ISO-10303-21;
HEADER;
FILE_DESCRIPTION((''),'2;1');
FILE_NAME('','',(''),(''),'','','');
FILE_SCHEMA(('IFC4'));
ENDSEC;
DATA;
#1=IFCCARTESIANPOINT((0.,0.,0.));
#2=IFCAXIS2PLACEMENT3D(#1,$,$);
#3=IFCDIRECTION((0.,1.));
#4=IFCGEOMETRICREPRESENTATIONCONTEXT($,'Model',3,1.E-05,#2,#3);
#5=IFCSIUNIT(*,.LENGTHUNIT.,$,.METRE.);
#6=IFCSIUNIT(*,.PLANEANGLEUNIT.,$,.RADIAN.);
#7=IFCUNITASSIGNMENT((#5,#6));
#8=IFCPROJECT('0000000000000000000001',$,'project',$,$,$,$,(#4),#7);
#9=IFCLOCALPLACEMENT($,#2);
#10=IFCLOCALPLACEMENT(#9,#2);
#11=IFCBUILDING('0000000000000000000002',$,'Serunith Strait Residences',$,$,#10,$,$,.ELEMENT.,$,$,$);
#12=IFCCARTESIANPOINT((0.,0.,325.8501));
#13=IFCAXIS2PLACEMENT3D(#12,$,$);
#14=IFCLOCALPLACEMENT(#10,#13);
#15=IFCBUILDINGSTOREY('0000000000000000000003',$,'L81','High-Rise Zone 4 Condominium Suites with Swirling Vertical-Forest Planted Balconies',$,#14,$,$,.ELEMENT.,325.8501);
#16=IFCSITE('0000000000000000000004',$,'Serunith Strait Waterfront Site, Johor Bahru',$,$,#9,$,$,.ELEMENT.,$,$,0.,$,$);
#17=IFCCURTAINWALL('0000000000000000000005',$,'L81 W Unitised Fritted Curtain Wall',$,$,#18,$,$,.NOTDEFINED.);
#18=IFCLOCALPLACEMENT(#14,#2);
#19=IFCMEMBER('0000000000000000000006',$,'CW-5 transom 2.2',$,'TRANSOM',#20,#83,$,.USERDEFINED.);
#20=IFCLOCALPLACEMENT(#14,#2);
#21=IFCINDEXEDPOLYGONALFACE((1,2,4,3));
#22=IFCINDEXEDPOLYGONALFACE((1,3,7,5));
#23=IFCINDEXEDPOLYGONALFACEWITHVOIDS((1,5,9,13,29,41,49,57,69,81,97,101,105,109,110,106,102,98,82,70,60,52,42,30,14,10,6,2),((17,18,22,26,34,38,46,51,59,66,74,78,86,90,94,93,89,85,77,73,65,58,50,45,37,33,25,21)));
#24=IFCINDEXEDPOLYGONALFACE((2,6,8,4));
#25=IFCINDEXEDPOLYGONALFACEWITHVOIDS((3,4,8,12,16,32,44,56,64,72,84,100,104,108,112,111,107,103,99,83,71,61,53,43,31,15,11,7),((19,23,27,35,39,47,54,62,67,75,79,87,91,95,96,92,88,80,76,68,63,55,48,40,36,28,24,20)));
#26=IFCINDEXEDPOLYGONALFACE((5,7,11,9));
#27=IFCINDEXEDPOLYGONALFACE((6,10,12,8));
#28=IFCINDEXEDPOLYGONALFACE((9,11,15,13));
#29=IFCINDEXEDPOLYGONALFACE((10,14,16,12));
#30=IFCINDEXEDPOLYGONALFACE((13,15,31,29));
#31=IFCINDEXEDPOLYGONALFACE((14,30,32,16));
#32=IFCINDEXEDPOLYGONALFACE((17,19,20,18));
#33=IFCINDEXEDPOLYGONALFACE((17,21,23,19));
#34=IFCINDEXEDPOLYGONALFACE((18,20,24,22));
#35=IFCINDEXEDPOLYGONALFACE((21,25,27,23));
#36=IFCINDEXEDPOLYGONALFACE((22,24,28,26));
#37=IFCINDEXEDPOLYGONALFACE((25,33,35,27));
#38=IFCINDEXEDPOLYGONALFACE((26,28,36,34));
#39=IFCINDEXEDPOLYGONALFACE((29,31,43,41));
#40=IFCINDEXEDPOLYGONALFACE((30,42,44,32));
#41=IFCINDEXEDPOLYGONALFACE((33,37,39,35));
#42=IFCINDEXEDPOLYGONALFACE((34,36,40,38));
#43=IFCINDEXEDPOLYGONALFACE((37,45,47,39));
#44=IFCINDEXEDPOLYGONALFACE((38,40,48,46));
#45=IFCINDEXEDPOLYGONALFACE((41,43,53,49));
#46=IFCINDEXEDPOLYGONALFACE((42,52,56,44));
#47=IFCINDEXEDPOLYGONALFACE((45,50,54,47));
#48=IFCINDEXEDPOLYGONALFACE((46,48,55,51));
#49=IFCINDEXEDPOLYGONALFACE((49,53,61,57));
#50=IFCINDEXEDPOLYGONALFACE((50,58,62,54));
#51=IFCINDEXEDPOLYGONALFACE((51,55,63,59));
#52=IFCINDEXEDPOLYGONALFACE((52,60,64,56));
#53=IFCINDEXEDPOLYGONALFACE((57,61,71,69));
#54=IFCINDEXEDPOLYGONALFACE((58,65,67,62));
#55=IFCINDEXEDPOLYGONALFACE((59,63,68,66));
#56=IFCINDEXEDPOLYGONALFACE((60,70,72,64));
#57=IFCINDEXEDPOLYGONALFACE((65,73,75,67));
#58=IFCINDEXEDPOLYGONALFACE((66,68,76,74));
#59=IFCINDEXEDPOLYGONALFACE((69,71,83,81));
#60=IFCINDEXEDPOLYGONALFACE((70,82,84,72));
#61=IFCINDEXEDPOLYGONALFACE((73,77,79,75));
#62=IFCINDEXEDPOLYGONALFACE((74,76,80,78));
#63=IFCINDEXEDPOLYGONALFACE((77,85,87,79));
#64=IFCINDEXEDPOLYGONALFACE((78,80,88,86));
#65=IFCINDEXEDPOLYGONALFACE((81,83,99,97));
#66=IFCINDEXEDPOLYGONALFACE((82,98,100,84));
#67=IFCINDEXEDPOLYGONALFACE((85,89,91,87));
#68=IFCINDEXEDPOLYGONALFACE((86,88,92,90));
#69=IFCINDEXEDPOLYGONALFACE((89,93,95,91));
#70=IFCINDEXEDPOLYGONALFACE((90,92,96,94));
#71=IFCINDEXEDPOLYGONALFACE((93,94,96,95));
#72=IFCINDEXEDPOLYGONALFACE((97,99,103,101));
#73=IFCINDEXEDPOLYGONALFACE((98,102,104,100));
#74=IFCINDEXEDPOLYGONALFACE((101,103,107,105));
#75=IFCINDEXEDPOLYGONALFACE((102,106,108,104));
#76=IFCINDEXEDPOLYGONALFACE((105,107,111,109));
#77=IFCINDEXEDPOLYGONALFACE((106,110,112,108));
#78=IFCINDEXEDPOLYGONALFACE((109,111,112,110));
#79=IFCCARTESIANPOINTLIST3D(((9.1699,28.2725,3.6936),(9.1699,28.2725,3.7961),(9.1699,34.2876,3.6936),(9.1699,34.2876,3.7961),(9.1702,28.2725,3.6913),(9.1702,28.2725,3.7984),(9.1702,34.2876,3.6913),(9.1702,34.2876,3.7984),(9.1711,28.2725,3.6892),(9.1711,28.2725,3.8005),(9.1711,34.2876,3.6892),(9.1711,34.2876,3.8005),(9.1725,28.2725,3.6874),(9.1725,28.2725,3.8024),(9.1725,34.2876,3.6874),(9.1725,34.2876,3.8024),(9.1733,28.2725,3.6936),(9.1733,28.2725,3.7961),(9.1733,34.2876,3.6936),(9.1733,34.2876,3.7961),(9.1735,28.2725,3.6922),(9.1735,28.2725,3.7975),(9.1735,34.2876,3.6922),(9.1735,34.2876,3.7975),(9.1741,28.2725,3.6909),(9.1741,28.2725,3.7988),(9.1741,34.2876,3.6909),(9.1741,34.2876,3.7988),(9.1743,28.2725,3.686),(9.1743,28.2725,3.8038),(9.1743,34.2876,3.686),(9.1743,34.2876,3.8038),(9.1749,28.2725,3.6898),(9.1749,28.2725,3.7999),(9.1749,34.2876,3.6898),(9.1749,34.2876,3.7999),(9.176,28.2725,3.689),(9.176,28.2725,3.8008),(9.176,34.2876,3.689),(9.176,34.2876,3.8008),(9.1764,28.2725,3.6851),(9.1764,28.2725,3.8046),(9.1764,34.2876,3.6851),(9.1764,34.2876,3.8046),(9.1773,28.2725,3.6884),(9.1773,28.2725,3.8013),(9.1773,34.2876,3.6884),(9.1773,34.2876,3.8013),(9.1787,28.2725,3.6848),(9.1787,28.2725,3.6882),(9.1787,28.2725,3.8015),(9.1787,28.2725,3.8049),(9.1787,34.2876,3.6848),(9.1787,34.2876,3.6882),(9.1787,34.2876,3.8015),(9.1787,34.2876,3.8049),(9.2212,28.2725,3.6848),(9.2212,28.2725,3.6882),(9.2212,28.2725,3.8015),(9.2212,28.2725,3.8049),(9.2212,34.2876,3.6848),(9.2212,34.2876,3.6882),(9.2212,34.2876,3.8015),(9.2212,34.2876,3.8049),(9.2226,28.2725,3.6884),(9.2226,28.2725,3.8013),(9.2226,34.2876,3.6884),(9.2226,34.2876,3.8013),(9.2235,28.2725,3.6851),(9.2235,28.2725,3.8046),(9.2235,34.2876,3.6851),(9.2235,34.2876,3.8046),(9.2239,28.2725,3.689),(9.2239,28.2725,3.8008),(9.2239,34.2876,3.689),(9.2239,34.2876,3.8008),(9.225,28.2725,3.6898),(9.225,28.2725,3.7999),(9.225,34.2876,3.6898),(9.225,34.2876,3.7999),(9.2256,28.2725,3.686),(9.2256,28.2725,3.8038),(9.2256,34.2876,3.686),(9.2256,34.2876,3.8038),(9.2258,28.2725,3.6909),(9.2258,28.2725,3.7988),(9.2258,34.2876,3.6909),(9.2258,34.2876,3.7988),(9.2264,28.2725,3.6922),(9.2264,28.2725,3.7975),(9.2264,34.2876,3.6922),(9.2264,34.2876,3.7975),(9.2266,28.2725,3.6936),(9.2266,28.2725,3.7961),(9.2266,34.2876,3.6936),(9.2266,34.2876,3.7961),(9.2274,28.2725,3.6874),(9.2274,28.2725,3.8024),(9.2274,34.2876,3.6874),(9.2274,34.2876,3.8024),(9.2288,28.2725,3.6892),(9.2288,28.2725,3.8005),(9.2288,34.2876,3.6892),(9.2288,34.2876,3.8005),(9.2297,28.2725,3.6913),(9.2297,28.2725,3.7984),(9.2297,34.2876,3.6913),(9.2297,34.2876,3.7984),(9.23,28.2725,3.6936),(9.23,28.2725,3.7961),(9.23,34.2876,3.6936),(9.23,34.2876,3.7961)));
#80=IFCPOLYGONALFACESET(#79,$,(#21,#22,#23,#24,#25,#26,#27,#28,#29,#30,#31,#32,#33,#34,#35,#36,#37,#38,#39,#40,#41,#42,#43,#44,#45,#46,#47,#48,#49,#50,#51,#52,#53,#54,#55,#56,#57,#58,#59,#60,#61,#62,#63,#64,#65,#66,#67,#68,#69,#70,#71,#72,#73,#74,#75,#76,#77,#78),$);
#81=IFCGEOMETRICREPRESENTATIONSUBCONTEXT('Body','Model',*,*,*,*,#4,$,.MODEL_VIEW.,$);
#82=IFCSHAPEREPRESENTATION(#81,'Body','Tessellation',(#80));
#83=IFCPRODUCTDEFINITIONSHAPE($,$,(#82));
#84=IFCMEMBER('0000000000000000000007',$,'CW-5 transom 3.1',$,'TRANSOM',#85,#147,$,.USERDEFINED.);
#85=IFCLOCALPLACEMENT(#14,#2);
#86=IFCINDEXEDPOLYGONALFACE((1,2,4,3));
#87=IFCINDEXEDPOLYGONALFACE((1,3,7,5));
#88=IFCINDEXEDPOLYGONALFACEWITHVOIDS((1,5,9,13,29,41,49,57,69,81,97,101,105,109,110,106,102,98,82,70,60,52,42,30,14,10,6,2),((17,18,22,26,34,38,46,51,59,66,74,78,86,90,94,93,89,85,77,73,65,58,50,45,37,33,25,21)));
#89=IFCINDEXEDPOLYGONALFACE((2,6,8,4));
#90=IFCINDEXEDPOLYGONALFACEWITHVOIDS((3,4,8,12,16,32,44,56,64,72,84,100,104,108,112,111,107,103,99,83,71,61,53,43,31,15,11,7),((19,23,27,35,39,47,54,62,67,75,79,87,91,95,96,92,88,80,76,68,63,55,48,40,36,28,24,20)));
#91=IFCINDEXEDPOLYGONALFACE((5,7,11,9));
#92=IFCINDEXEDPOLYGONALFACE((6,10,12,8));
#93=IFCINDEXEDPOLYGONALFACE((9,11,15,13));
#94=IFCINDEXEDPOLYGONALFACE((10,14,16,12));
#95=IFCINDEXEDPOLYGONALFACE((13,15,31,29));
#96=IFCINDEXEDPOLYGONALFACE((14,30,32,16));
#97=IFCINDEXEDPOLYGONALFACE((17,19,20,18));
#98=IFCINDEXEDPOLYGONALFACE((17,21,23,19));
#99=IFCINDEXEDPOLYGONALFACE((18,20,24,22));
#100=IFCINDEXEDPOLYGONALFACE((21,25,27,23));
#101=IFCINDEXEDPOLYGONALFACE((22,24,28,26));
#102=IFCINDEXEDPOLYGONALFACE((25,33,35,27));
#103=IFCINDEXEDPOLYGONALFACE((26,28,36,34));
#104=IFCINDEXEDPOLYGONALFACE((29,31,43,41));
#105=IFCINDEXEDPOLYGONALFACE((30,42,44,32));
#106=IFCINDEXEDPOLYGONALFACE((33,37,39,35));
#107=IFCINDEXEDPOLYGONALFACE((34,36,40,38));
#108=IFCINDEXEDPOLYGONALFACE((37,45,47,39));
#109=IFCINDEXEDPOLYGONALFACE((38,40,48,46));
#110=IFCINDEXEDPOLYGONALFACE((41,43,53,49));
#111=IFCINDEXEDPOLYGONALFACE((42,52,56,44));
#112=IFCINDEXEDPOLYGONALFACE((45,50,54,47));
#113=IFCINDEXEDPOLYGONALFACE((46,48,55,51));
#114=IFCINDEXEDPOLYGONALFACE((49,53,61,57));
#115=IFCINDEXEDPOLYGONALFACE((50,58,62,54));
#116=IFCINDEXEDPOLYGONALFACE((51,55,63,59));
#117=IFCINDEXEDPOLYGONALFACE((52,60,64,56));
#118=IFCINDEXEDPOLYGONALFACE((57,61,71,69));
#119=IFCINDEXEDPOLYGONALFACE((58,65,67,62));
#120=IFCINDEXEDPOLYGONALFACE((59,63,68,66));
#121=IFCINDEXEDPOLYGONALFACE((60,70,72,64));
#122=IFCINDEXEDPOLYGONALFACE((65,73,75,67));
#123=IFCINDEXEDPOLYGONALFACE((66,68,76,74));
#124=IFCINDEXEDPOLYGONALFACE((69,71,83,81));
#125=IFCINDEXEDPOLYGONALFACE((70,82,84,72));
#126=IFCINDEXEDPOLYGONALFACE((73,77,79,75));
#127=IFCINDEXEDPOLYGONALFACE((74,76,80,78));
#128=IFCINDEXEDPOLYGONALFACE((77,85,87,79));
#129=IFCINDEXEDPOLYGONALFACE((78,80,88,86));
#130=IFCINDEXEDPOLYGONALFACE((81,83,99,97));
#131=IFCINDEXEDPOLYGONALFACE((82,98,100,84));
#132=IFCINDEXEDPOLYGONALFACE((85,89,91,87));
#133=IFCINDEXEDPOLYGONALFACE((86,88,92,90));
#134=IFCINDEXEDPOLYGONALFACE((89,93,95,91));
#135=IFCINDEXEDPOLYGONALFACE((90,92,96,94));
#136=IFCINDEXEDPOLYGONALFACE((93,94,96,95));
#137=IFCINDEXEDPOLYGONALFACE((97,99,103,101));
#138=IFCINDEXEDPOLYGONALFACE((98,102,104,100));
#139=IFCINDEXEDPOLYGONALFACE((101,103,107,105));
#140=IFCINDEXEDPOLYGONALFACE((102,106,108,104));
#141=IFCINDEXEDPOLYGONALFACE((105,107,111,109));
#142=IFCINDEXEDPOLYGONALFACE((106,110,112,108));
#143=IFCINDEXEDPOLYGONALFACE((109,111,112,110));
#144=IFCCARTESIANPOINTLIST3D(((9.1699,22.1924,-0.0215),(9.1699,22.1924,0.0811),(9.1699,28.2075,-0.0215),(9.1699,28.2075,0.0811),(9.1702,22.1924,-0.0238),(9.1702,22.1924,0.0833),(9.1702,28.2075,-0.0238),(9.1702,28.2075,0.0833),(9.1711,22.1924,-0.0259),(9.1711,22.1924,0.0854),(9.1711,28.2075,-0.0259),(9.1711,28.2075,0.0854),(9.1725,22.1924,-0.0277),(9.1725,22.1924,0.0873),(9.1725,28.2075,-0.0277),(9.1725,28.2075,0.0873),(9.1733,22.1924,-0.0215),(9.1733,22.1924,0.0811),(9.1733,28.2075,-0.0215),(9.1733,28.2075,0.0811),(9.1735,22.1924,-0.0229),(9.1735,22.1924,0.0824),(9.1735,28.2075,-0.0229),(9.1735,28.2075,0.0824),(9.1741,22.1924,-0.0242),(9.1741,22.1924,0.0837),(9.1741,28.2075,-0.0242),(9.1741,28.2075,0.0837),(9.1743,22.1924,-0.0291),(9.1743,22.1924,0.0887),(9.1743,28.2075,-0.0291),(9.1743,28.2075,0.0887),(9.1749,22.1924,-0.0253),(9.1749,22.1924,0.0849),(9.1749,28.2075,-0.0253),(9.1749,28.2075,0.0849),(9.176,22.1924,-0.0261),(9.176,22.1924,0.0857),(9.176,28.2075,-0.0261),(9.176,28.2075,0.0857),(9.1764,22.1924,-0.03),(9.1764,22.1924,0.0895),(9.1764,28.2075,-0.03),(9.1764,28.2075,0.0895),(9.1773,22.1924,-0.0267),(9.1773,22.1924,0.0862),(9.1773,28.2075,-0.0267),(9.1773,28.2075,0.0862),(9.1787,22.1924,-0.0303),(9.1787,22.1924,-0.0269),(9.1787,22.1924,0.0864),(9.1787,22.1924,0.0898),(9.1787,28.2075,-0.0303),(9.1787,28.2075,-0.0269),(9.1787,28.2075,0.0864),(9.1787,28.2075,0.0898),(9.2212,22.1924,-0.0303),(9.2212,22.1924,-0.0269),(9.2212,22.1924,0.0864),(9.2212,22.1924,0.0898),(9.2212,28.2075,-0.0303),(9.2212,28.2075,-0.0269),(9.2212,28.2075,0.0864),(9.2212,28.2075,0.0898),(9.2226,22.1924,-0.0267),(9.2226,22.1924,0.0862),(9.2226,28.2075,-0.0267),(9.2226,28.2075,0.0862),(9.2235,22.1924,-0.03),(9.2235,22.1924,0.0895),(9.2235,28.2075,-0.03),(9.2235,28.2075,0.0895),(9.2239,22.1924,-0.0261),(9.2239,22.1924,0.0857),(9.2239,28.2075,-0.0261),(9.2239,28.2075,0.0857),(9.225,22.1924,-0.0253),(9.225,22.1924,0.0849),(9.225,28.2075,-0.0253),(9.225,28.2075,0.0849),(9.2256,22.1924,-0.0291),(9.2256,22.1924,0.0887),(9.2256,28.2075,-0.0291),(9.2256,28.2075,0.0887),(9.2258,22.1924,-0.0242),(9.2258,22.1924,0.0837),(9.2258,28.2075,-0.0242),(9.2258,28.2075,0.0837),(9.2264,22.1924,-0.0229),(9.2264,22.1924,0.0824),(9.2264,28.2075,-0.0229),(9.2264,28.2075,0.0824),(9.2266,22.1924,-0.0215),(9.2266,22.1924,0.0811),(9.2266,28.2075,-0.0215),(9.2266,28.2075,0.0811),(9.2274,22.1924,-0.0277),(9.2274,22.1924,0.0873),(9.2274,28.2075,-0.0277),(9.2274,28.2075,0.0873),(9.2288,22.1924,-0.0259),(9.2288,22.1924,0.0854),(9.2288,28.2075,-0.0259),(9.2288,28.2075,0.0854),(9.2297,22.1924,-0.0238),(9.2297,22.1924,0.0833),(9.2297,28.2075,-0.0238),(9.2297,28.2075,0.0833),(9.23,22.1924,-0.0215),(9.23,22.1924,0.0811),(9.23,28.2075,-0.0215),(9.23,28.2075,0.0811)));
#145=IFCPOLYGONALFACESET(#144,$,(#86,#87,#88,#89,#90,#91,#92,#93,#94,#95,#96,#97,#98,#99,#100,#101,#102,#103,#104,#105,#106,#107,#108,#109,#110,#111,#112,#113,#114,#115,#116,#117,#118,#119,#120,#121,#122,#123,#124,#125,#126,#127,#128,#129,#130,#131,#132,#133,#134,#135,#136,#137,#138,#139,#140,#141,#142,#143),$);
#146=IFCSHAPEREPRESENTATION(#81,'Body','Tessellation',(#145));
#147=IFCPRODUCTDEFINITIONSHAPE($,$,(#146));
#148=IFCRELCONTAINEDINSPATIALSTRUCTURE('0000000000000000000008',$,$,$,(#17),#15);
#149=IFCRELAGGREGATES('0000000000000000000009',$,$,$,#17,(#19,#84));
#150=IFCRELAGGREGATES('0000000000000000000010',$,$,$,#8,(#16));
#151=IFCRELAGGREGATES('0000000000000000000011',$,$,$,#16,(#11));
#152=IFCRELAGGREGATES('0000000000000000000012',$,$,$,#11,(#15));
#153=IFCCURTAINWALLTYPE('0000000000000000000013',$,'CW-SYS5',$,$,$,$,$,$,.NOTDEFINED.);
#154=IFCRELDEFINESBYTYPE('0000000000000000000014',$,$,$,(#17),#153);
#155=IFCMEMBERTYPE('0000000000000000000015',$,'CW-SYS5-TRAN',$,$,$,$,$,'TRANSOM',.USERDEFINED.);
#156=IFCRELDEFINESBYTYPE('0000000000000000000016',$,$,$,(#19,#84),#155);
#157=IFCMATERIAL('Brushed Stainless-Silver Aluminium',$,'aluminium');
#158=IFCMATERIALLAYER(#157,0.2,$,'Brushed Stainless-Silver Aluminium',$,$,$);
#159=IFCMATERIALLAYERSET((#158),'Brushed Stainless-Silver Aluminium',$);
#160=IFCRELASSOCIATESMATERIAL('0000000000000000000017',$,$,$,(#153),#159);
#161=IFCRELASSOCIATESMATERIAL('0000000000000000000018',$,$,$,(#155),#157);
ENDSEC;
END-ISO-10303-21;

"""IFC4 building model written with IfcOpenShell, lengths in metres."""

from ifc_helpers import new_model, si_unit, direction, frame, origin, origin_2d, place, context, subcontext, project, spatial, hollow_rectangle, extrude, source, transform, mapped, material, layer, layer_set, material_profile, profile_set, type_object, element, aggregate, save


model = new_model("IFC4")

# Units and contexts
model_context = context("Model", 3, precision=1e-05, world=origin(), true_north=direction((0.0, 1.0)))
body_context = subcontext(model_context, "Body", "Model", "MODEL_VIEW")
ifc_project = project(units=[si_unit("LENGTHUNIT", "METRE"), si_unit("PLANEANGLEUNIT", "RADIAN")], contexts=[model_context])

# Site, building, storey
site_placement = place(None, origin())
site = spatial("IfcSite", under=ifc_project, at=site_placement, Name="Serunith Strait Waterfront Site, Johor Bahru", CompositionType="ELEMENT", RefElevation=0.0)
building_placement = place(site_placement, origin())
building = spatial("IfcBuilding", under=site, at=building_placement, Name="Serunith Strait Residences", CompositionType="ELEMENT")
storey_placement = place(building_placement, frame((0.0, 0.0, 325.8501)))
storey = spatial("IfcBuildingStorey", under=building, at=storey_placement, Name="L81", Description="High-Rise Zone 4 Condominium Suites with Swirling Vertical-Forest Planted Balconies", CompositionType="ELEMENT", Elevation=325.8501)

# Curtain wall, members
ifc_material_1 = material(Name="Brushed Stainless-Silver Aluminium", Category="aluminium")
ifc_layer_1 = layer(ifc_material_1, 0.2, Name="Brushed Stainless-Silver Aluminium")
ifc_layer_set_1 = layer_set([ifc_layer_1], Name="Brushed Stainless-Silver Aluminium")
curtain_wall_type = type_object("IfcCurtainWallType", Name="CW-SYS5", PredefinedType="NOTDEFINED", material=ifc_layer_set_1)
curtain_wall_placement = place(storey_placement, origin())
curtain_wall = element("IfcCurtainWall", 1, at=curtain_wall_placement, inside=storey, type_object=curtain_wall_type, Name="L81 W Unitised Fritted Curtain Wall", PredefinedType="NOTDEFINED")
ifc_material_profile_1 = material_profile(ifc_material_1, hollow_rectangle(XDim=0.0601, YDim=0.1201, WallThickness=0.0034, InnerFilletRadius=0.0054, OuterFilletRadius=0.0088, at=origin_2d()), Name="ALU 120x60x3.5")
ifc_profile_set_1 = profile_set([ifc_material_profile_1], Name="Brushed Stainless-Silver Aluminium")
member_type_1 = type_object("IfcMemberType", Name="CW-SYS5-TRAN", ElementType="TRANSOM", PredefinedType="USERDEFINED", material=ifc_profile_set_1)
shared_shape_1 = source(origin(), body_context, "Body", "SweptSolid", [
    extrude(hollow_rectangle(XDim=0.0601, YDim=0.1201, WallThickness=0.0034, InnerFilletRadius=0.0054, OuterFilletRadius=0.0088, at=origin_2d()), origin(), (0.0, 0.0, 1.0), 6.0151),
])
member_1_placement = place(storey_placement, frame((9.2, 34.2876, 3.7449), z_axis=(0.0, -1.0, 0.0), x_axis=(1.0, 0.0, 0.0)))
member_1 = element("IfcMember", 2, at=member_1_placement, type_object=member_type_1, Name="CW-5 transom 2.2", ObjectType="TRANSOM", PredefinedType="USERDEFINED", context=body_context, shape_type="MappedRepresentation", body=[
    mapped(shared_shape_1, transform((0.0, 0.0, 0.0), scale=1.0)),
])
member_2_placement = place(storey_placement, frame((9.2, 28.2075, 0.0298), z_axis=(0.0, -1.0, 0.0), x_axis=(1.0, 0.0, 0.0)))
member_2 = element("IfcMember", 3, at=member_2_placement, type_object=member_type_1, Name="CW-5 transom 3.1", ObjectType="TRANSOM", PredefinedType="USERDEFINED", context=body_context, shape_type="MappedRepresentation", body=[
    mapped(shared_shape_1, transform((0.0, 0.0, 0.0), scale=1.0)),
])
aggregate(curtain_wall, [member_1, member_2])

save(model, "model.ifc")
